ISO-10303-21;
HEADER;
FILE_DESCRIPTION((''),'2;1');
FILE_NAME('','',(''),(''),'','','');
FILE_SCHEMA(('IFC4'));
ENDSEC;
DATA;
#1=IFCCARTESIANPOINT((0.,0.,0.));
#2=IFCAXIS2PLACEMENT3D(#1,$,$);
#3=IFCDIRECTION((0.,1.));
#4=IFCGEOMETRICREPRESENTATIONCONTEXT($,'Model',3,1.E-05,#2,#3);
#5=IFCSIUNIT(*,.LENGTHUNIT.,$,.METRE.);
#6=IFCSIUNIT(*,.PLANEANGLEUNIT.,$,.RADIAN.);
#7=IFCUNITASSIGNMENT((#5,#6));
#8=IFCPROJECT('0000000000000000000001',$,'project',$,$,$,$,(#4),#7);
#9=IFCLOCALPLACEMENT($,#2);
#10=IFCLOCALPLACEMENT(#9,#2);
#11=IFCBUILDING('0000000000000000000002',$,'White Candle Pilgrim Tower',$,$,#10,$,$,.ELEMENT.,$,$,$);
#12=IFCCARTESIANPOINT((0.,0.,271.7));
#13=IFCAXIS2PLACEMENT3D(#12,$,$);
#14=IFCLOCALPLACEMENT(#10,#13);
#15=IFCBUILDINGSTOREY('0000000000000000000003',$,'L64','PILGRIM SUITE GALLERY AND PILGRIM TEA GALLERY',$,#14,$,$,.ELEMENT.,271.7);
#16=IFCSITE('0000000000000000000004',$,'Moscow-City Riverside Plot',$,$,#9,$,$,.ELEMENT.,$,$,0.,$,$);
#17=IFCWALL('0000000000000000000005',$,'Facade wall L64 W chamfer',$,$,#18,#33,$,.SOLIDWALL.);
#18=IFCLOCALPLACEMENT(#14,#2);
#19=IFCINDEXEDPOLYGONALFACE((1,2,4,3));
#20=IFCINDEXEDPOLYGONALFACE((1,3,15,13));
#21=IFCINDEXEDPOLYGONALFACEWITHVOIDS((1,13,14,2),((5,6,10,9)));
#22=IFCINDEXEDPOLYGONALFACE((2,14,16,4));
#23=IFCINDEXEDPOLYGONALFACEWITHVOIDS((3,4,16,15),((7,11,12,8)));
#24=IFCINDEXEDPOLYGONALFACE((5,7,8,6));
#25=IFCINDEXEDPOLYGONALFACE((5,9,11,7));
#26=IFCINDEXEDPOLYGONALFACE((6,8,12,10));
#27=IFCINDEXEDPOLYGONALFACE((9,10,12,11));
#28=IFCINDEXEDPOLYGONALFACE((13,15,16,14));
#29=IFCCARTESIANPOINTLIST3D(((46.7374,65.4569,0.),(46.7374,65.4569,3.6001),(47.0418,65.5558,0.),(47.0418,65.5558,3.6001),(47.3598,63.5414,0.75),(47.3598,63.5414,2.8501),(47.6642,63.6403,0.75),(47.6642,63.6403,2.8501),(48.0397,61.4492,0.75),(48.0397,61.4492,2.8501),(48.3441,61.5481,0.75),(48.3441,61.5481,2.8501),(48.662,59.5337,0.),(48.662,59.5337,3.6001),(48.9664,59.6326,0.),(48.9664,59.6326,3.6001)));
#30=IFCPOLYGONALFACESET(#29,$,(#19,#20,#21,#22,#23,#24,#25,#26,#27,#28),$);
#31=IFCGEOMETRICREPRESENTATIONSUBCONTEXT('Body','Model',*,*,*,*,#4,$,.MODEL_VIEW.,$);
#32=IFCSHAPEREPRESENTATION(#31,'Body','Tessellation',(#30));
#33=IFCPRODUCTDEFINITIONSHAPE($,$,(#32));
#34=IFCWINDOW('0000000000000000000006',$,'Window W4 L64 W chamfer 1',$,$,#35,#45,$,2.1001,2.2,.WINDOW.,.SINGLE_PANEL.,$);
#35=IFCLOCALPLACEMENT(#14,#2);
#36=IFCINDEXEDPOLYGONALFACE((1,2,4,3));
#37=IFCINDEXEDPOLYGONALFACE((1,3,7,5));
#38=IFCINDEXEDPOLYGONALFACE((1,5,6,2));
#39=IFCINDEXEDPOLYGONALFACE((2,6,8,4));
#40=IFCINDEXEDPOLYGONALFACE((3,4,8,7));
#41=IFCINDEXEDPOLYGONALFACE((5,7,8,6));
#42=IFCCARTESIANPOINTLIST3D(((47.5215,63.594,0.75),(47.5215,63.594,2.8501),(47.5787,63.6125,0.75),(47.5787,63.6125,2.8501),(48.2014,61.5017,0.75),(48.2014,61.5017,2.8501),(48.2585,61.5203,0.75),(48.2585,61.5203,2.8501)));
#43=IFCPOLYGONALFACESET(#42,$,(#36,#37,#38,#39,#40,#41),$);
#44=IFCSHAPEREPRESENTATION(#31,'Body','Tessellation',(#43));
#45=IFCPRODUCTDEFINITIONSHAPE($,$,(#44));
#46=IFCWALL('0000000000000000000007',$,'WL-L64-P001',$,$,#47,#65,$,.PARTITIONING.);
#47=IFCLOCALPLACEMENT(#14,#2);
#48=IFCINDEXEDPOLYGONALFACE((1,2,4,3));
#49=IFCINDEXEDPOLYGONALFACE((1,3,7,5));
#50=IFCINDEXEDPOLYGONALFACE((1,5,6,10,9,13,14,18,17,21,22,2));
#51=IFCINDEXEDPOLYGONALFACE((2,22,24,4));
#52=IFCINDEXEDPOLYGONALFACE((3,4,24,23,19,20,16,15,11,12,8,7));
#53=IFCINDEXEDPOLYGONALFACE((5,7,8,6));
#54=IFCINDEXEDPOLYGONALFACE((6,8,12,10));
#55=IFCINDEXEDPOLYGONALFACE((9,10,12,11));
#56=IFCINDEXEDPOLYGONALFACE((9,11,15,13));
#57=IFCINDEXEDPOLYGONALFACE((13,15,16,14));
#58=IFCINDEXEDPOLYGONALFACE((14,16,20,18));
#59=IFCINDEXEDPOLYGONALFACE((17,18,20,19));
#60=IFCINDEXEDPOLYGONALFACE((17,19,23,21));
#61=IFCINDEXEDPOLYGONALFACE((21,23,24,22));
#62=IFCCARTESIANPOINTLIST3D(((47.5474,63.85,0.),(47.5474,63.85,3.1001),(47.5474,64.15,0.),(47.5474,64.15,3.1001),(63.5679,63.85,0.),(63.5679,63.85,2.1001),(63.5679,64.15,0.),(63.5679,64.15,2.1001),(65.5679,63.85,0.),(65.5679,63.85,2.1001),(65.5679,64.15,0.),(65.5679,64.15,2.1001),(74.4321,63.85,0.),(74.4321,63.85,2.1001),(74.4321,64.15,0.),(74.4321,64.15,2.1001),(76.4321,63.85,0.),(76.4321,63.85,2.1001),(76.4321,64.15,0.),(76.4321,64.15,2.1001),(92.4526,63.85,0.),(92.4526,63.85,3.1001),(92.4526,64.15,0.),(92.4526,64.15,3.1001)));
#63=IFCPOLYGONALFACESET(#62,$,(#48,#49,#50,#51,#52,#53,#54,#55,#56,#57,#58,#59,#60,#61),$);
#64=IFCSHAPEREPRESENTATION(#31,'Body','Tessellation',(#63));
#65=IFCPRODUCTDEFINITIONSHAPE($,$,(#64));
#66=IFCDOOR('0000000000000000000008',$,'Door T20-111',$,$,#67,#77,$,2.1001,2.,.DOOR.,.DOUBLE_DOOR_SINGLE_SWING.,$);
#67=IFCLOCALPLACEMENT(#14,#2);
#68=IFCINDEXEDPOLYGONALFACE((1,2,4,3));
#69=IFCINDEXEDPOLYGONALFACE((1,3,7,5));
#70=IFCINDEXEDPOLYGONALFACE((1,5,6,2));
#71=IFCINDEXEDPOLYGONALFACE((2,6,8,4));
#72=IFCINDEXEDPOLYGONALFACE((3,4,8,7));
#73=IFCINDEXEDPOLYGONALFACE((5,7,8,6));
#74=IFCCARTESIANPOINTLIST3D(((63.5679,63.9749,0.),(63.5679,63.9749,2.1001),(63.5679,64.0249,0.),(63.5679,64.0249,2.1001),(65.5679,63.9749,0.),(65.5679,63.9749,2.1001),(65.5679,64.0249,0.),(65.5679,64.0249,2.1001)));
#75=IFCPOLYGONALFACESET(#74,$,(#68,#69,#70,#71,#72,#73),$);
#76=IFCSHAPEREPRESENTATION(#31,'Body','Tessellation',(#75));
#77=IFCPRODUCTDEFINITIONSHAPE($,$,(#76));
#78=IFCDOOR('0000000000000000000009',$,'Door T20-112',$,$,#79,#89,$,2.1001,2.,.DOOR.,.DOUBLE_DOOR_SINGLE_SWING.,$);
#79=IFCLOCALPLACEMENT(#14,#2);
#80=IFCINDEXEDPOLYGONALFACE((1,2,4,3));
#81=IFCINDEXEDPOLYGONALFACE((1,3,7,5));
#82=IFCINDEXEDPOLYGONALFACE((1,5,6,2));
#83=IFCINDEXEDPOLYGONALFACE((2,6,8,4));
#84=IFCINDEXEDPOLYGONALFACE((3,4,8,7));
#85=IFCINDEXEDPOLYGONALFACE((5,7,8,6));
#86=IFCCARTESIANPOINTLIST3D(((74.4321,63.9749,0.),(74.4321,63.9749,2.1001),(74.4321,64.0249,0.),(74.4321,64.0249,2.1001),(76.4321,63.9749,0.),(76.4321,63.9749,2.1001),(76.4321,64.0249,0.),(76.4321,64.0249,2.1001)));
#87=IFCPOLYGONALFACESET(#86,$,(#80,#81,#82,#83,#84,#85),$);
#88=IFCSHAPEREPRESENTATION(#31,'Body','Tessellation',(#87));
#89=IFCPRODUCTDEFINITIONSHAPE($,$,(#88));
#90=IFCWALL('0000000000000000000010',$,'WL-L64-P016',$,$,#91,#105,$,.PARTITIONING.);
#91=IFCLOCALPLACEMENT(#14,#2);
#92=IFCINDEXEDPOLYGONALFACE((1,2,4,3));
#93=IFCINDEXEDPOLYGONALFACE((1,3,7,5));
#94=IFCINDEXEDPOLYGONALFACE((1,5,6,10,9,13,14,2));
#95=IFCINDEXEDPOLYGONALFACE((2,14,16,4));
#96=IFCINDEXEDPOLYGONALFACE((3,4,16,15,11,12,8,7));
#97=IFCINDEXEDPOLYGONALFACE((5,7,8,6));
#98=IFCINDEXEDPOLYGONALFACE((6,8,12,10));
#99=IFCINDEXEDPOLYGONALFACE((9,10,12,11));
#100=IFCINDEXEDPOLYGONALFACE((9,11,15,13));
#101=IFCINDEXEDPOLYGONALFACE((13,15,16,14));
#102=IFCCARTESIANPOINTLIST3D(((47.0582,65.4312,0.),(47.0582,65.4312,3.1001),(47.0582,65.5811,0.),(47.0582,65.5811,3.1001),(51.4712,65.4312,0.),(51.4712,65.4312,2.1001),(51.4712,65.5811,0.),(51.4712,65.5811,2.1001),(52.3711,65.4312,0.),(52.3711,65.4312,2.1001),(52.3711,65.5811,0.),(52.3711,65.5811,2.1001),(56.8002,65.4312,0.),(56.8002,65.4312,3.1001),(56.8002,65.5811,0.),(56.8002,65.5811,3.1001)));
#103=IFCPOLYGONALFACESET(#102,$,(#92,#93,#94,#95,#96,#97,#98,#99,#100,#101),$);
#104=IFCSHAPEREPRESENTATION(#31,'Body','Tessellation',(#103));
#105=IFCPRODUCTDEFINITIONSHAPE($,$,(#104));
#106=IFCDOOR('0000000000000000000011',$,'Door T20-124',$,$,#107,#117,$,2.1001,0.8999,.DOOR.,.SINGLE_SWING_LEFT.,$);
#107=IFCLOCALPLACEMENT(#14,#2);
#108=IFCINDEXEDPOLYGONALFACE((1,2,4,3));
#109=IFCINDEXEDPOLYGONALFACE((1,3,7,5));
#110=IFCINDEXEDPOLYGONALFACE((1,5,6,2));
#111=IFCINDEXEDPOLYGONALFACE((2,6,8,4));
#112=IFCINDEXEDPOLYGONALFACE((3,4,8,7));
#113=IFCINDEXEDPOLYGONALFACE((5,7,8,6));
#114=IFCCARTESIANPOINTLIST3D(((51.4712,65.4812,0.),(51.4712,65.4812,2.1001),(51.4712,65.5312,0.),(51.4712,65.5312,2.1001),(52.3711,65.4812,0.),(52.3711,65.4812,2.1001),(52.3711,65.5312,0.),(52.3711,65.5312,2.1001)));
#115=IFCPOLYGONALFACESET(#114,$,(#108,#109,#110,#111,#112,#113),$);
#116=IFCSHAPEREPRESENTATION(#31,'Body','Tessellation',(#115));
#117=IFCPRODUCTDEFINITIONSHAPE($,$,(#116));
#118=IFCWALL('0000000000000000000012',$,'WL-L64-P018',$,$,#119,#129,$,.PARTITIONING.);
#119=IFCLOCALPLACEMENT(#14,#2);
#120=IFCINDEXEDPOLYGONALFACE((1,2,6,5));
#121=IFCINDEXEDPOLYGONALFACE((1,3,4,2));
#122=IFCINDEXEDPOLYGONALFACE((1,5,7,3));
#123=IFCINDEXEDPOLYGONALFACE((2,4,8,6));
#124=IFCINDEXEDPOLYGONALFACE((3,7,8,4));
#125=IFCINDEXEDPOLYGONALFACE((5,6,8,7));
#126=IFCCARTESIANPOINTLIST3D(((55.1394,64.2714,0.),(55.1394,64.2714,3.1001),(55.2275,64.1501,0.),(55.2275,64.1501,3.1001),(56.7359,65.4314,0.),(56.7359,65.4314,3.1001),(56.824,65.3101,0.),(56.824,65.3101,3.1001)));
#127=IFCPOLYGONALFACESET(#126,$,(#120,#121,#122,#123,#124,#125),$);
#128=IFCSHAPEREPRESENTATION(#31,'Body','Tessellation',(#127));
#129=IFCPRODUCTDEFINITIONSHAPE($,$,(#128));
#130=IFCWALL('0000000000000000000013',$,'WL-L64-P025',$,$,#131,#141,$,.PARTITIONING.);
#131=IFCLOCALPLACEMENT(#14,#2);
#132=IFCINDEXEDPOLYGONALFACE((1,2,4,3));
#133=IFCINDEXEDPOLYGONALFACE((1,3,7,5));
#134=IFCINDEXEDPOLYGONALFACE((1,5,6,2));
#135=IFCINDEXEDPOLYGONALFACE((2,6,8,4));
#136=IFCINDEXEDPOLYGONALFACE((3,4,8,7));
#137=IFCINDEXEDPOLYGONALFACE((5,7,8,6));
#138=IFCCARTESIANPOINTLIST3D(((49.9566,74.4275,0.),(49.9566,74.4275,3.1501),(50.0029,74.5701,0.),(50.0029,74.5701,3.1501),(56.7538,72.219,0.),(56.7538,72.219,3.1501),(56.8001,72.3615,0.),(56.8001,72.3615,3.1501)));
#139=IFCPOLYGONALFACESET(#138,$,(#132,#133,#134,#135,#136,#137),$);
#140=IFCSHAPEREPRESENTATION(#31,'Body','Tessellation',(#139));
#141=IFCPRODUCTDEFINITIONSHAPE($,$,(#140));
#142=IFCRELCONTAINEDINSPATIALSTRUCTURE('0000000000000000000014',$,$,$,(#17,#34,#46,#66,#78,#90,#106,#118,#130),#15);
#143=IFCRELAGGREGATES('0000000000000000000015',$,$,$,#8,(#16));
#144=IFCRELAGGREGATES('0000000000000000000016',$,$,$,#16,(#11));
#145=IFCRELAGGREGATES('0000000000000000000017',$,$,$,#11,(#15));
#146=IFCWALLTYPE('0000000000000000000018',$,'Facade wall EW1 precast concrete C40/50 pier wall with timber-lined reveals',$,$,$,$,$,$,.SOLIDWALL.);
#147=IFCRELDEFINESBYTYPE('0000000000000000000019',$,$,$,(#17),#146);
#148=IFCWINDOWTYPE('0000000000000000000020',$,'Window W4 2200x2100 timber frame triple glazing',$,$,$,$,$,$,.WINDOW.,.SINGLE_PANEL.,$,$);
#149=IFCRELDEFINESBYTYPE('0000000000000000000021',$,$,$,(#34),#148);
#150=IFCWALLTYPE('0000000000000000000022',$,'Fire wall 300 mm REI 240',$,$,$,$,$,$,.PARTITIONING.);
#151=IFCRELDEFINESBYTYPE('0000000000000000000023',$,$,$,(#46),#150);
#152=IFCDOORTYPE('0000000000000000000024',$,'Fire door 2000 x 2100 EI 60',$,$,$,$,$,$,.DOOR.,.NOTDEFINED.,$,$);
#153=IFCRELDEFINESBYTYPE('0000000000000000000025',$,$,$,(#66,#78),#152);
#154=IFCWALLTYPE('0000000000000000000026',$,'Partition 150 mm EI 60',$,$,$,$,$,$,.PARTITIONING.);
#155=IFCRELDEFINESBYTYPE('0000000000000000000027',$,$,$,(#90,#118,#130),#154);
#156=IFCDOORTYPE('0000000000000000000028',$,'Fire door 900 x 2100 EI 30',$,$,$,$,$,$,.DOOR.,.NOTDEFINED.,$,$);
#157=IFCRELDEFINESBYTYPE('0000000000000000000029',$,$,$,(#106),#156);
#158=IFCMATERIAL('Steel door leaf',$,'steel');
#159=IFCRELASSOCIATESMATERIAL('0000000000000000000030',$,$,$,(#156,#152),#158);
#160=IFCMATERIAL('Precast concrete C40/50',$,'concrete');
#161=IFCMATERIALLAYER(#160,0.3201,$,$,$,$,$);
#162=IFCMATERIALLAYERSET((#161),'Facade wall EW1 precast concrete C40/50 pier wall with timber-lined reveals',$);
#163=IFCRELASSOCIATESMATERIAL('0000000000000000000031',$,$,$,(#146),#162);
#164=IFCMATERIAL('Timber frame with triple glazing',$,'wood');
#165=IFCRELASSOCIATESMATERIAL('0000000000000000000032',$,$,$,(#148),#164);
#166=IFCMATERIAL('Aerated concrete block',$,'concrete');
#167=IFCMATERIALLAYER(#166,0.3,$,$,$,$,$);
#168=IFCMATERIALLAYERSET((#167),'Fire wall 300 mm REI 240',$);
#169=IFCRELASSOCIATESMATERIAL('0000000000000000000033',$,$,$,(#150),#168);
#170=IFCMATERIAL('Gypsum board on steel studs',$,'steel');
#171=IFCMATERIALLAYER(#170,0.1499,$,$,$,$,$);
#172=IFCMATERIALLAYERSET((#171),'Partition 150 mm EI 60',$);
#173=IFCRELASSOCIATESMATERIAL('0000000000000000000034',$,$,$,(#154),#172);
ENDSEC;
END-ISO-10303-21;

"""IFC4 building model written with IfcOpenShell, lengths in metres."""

from ifc_helpers import new_model, si_unit, direction, frame, frame_2d, origin, place, context, subcontext, project, spatial, rectangle, extrude, material, layer, layer_set, type_object, element, fill, save


model = new_model("IFC4")

# Units and contexts
model_context = context("Model", 3, precision=1e-05, world=origin(), true_north=direction((0.0, 1.0)))
body_context = subcontext(model_context, "Body", "Model", "MODEL_VIEW")
ifc_project = project(units=[si_unit("LENGTHUNIT", "METRE"), si_unit("PLANEANGLEUNIT", "RADIAN")], contexts=[model_context])

# Site, building, storey
site_placement = place(None, origin())
site = spatial("IfcSite", under=ifc_project, at=site_placement, Name="Moscow-City Riverside Plot", CompositionType="ELEMENT", RefElevation=0.0)
building_placement = place(site_placement, origin())
building = spatial("IfcBuilding", under=site, at=building_placement, Name="White Candle Pilgrim Tower", CompositionType="ELEMENT")
storey_placement = place(building_placement, frame((0.0, 0.0, 271.7)))
storey = spatial("IfcBuildingStorey", under=building, at=storey_placement, Name="L64", Description="PILGRIM SUITE GALLERY AND PILGRIM TEA GALLERY", CompositionType="ELEMENT", Elevation=271.7)

# Shared definitions
ifc_material_1 = material(Name="Gypsum board on steel studs", Category="steel")
ifc_material_2 = material(Name="Steel door leaf", Category="steel")
door_type_1 = type_object("IfcDoorType", Name="Fire door 900 x 2100 EI 30", OperationType="NOTDEFINED", PredefinedType="DOOR", material=ifc_material_2)

# Wall, opening, window
ifc_material_3 = material(Name="Precast concrete C40/50", Category="concrete")
ifc_layer_1 = layer(ifc_material_3, 0.3201)
ifc_layer_set_1 = layer_set([ifc_layer_1], Name="Facade wall EW1 precast concrete C40/50 pier wall with timber-lined reveals")
wall_type_1 = type_object("IfcWallType", Name="Facade wall EW1 precast concrete C40/50 pier wall with timber-lined reveals", PredefinedType="SOLIDWALL", material=ifc_layer_set_1)
wall_1_placement = place(storey_placement, frame((46.8896, 65.5063, 0.0), z_axis=(0.0, 0.0, 1.0), x_axis=(0.309021, -0.951055, 0.0)))
wall_1 = element("IfcWall", 1, at=wall_1_placement, inside=storey, type_object=wall_type_1, Name="Facade wall L64 W chamfer", PredefinedType="SOLIDWALL", context=body_context, shape_type="SweptSolid", body=[
    extrude(rectangle(XDim=6.228, YDim=0.3201, at=frame_2d((3.114, 0.0))), origin(), (0.0, 0.0, 1.0), 3.6001),
])
opening_1_placement = place(wall_1_placement, frame((2.0139, 0.0, 0.75)))
opening_1 = element("IfcOpeningElement", 2, at=opening_1_placement, cuts=wall_1, PredefinedType="OPENING", context=body_context, shape_type="SweptSolid", body=[
    extrude(rectangle(XDim=2.2, YDim=2.1001, at=frame_2d((1.1001, 1.05))), frame((0.0, 0.1699, 0.0), z_axis=(0.0, -1.0, 0.0), x_axis=(1.0, 0.0, 0.0)), (0.0, 0.0, 1.0), 0.3401),
])
ifc_material_4 = material(Name="Timber frame with triple glazing", Category="wood")
window_type = type_object("IfcWindowType", Name="Window W4 2200x2100 timber frame triple glazing", PartitioningType="SINGLE_PANEL", PredefinedType="WINDOW", material=ifc_material_4)
window_placement = place(opening_1_placement, origin())
window = element("IfcWindow", 3, at=window_placement, inside=storey, type_object=window_type, Name="Window W4 L64 W chamfer 1", OverallHeight=2.1001, OverallWidth=2.2, PartitioningType="SINGLE_PANEL", PredefinedType="WINDOW", context=body_context, shape_type="SweptSolid", body=[
    extrude(rectangle(XDim=2.2, YDim=2.1001, at=frame_2d((1.1001, 1.05))), frame((0.0, 0.0701, 0.0), z_axis=(0.0, -1.0, 0.0), x_axis=(1.0, 0.0, 0.0)), (0.0, 0.0, 1.0), 0.0601),
])
fill(opening_1, window)

# Wall, openings, doors
ifc_material_5 = material(Name="Aerated concrete block", Category="concrete")
ifc_layer_2 = layer(ifc_material_5, 0.3)
ifc_layer_set_2 = layer_set([ifc_layer_2], Name="Fire wall 300 mm REI 240")
wall_type_2 = type_object("IfcWallType", Name="Fire wall 300 mm REI 240", PredefinedType="PARTITIONING", material=ifc_layer_set_2)
wall_2_placement = place(storey_placement, frame((47.5474, 64.0, 0.0), z_axis=(0.0, 0.0, 1.0), x_axis=(1.0, 0.0, 0.0)))
wall_2 = element("IfcWall", 4, at=wall_2_placement, inside=storey, type_object=wall_type_2, Name="WL-L64-P001", PredefinedType="PARTITIONING", context=body_context, shape_type="SweptSolid", body=[
    extrude(rectangle(XDim=44.9053, YDim=0.3, at=frame_2d((22.4526, 0.0))), origin(), (0.0, 0.0, 1.0), 3.1001),
])
opening_2_placement = place(wall_2_placement, frame((16.0205, 0.0, 0.0)))
opening_2 = element("IfcOpeningElement", 5, at=opening_2_placement, cuts=wall_2, PredefinedType="OPENING", context=body_context, shape_type="SweptSolid", body=[
    extrude(rectangle(XDim=2.0, YDim=2.1001, at=frame_2d((1.0, 1.05))), frame((0.0, 0.1599, 0.0), z_axis=(0.0, -1.0, 0.0), x_axis=(1.0, 0.0, 0.0)), (0.0, 0.0, 1.0), 0.3201),
])
opening_3_placement = place(wall_2_placement, frame((26.8848, 0.0, 0.0)))
opening_3 = element("IfcOpeningElement", 6, at=opening_3_placement, cuts=wall_2, PredefinedType="OPENING", context=body_context, shape_type="SweptSolid", body=[
    extrude(rectangle(XDim=2.0, YDim=2.1001, at=frame_2d((1.0, 1.05))), frame((0.0, 0.1599, 0.0), z_axis=(0.0, -1.0, 0.0), x_axis=(1.0, 0.0, 0.0)), (0.0, 0.0, 1.0), 0.3201),
])
door_type_2 = type_object("IfcDoorType", Name="Fire door 2000 x 2100 EI 60", OperationType="NOTDEFINED", PredefinedType="DOOR", material=ifc_material_2)
door_1_placement = place(opening_2_placement, origin())
door_1 = element("IfcDoor", 7, at=door_1_placement, inside=storey, type_object=door_type_2, Name="Door T20-111", OperationType="DOUBLE_DOOR_SINGLE_SWING", OverallHeight=2.1001, OverallWidth=2.0, PredefinedType="DOOR", context=body_context, shape_type="SweptSolid", body=[
    extrude(rectangle(XDim=2.0, YDim=2.1001, at=frame_2d((1.0, 1.05))), frame((0.0, 0.0249, 0.0), z_axis=(0.0, -1.0, 0.0), x_axis=(1.0, 0.0, 0.0)), (0.0, 0.0, 1.0), 0.05),
])
fill(opening_2, door_1)
door_2_placement = place(opening_3_placement, origin())
door_2 = element("IfcDoor", 8, at=door_2_placement, inside=storey, type_object=door_type_2, Name="Door T20-112", OperationType="DOUBLE_DOOR_SINGLE_SWING", OverallHeight=2.1001, OverallWidth=2.0, PredefinedType="DOOR", context=body_context, shape_type="SweptSolid", body=[
    extrude(rectangle(XDim=2.0, YDim=2.1001, at=frame_2d((1.0, 1.05))), frame((0.0, 0.0249, 0.0), z_axis=(0.0, -1.0, 0.0), x_axis=(1.0, 0.0, 0.0)), (0.0, 0.0, 1.0), 0.05),
])
fill(opening_3, door_2)

# Wall, opening, door
ifc_layer_3 = layer(ifc_material_1, 0.1499)
ifc_layer_set_3 = layer_set([ifc_layer_3], Name="Partition 150 mm EI 60")
wall_type_3 = type_object("IfcWallType", Name="Partition 150 mm EI 60", PredefinedType="PARTITIONING", material=ifc_layer_set_3)
wall_3_placement = place(storey_placement, frame((47.0581, 65.5061, 0.0), z_axis=(0.0, 0.0, 1.0), x_axis=(1.0, 0.0, 0.0)))
wall_3 = element("IfcWall", 9, at=wall_3_placement, inside=storey, type_object=wall_type_3, Name="WL-L64-P016", PredefinedType="PARTITIONING", context=body_context, shape_type="SweptSolid", body=[
    extrude(rectangle(XDim=9.7419, YDim=0.1499, at=frame_2d((4.8711, 0.0))), origin(), (0.0, 0.0, 1.0), 3.1001),
])
opening_4_placement = place(wall_3_placement, frame((4.4131, 0.0, 0.0)))
opening_4 = element("IfcOpeningElement", 10, at=opening_4_placement, cuts=wall_3, PredefinedType="OPENING", context=body_context, shape_type="SweptSolid", body=[
    extrude(rectangle(XDim=0.8999, YDim=2.1001, at=frame_2d((0.45, 1.05))), frame((0.0, 0.085, 0.0), z_axis=(0.0, -1.0, 0.0), x_axis=(1.0, 0.0, 0.0)), (0.0, 0.0, 1.0), 0.1699),
])
door_3_placement = place(opening_4_placement, frame((0.8999, 0.0, 0.0), z_axis=(0.0, 0.0, 1.0), x_axis=(-1.0, 0.0, 0.0)))
door_3 = element("IfcDoor", 11, at=door_3_placement, inside=storey, type_object=door_type_1, Name="Door T20-124", OperationType="SINGLE_SWING_LEFT", OverallHeight=2.1001, OverallWidth=0.8999, PredefinedType="DOOR", context=body_context, shape_type="SweptSolid", body=[
    extrude(rectangle(XDim=0.8999, YDim=2.1001, at=frame_2d((0.45, 1.05))), frame((0.0, 0.0249, 0.0), z_axis=(0.0, -1.0, 0.0), x_axis=(1.0, 0.0, 0.0)), (0.0, 0.0, 1.0), 0.05),
])
fill(opening_4, door_3)

# Walls
wall_4_placement = place(storey_placement, frame((55.1833, 64.2107, 0.0), z_axis=(0.0, 0.0, 1.0), x_axis=(0.809009, 0.587796, 0.0)))
element("IfcWall", 12, at=wall_4_placement, inside=storey, type_object=wall_type_3, Name="WL-L64-P018", PredefinedType="PARTITIONING", context=body_context, shape_type="SweptSolid", body=[
    extrude(rectangle(XDim=1.9734, YDim=0.1499, at=frame_2d((0.9868, 0.0))), origin(), (0.0, 0.0, 1.0), 3.1001),
])
wall_5_placement = place(storey_placement, frame((49.9797, 74.4988, 0.0), z_axis=(0.0, 0.0, 1.0), x_axis=(0.951057, -0.309014, 0.0)))
element("IfcWall", 13, at=wall_5_placement, inside=storey, type_object=wall_type_3, Name="WL-L64-P025", PredefinedType="PARTITIONING", context=body_context, shape_type="SweptSolid", body=[
    extrude(rectangle(XDim=7.147, YDim=0.1499, at=frame_2d((3.5735, 0.0))), origin(), (0.0, 0.0, 1.0), 3.1501),
])

save(model, "model.ifc")
